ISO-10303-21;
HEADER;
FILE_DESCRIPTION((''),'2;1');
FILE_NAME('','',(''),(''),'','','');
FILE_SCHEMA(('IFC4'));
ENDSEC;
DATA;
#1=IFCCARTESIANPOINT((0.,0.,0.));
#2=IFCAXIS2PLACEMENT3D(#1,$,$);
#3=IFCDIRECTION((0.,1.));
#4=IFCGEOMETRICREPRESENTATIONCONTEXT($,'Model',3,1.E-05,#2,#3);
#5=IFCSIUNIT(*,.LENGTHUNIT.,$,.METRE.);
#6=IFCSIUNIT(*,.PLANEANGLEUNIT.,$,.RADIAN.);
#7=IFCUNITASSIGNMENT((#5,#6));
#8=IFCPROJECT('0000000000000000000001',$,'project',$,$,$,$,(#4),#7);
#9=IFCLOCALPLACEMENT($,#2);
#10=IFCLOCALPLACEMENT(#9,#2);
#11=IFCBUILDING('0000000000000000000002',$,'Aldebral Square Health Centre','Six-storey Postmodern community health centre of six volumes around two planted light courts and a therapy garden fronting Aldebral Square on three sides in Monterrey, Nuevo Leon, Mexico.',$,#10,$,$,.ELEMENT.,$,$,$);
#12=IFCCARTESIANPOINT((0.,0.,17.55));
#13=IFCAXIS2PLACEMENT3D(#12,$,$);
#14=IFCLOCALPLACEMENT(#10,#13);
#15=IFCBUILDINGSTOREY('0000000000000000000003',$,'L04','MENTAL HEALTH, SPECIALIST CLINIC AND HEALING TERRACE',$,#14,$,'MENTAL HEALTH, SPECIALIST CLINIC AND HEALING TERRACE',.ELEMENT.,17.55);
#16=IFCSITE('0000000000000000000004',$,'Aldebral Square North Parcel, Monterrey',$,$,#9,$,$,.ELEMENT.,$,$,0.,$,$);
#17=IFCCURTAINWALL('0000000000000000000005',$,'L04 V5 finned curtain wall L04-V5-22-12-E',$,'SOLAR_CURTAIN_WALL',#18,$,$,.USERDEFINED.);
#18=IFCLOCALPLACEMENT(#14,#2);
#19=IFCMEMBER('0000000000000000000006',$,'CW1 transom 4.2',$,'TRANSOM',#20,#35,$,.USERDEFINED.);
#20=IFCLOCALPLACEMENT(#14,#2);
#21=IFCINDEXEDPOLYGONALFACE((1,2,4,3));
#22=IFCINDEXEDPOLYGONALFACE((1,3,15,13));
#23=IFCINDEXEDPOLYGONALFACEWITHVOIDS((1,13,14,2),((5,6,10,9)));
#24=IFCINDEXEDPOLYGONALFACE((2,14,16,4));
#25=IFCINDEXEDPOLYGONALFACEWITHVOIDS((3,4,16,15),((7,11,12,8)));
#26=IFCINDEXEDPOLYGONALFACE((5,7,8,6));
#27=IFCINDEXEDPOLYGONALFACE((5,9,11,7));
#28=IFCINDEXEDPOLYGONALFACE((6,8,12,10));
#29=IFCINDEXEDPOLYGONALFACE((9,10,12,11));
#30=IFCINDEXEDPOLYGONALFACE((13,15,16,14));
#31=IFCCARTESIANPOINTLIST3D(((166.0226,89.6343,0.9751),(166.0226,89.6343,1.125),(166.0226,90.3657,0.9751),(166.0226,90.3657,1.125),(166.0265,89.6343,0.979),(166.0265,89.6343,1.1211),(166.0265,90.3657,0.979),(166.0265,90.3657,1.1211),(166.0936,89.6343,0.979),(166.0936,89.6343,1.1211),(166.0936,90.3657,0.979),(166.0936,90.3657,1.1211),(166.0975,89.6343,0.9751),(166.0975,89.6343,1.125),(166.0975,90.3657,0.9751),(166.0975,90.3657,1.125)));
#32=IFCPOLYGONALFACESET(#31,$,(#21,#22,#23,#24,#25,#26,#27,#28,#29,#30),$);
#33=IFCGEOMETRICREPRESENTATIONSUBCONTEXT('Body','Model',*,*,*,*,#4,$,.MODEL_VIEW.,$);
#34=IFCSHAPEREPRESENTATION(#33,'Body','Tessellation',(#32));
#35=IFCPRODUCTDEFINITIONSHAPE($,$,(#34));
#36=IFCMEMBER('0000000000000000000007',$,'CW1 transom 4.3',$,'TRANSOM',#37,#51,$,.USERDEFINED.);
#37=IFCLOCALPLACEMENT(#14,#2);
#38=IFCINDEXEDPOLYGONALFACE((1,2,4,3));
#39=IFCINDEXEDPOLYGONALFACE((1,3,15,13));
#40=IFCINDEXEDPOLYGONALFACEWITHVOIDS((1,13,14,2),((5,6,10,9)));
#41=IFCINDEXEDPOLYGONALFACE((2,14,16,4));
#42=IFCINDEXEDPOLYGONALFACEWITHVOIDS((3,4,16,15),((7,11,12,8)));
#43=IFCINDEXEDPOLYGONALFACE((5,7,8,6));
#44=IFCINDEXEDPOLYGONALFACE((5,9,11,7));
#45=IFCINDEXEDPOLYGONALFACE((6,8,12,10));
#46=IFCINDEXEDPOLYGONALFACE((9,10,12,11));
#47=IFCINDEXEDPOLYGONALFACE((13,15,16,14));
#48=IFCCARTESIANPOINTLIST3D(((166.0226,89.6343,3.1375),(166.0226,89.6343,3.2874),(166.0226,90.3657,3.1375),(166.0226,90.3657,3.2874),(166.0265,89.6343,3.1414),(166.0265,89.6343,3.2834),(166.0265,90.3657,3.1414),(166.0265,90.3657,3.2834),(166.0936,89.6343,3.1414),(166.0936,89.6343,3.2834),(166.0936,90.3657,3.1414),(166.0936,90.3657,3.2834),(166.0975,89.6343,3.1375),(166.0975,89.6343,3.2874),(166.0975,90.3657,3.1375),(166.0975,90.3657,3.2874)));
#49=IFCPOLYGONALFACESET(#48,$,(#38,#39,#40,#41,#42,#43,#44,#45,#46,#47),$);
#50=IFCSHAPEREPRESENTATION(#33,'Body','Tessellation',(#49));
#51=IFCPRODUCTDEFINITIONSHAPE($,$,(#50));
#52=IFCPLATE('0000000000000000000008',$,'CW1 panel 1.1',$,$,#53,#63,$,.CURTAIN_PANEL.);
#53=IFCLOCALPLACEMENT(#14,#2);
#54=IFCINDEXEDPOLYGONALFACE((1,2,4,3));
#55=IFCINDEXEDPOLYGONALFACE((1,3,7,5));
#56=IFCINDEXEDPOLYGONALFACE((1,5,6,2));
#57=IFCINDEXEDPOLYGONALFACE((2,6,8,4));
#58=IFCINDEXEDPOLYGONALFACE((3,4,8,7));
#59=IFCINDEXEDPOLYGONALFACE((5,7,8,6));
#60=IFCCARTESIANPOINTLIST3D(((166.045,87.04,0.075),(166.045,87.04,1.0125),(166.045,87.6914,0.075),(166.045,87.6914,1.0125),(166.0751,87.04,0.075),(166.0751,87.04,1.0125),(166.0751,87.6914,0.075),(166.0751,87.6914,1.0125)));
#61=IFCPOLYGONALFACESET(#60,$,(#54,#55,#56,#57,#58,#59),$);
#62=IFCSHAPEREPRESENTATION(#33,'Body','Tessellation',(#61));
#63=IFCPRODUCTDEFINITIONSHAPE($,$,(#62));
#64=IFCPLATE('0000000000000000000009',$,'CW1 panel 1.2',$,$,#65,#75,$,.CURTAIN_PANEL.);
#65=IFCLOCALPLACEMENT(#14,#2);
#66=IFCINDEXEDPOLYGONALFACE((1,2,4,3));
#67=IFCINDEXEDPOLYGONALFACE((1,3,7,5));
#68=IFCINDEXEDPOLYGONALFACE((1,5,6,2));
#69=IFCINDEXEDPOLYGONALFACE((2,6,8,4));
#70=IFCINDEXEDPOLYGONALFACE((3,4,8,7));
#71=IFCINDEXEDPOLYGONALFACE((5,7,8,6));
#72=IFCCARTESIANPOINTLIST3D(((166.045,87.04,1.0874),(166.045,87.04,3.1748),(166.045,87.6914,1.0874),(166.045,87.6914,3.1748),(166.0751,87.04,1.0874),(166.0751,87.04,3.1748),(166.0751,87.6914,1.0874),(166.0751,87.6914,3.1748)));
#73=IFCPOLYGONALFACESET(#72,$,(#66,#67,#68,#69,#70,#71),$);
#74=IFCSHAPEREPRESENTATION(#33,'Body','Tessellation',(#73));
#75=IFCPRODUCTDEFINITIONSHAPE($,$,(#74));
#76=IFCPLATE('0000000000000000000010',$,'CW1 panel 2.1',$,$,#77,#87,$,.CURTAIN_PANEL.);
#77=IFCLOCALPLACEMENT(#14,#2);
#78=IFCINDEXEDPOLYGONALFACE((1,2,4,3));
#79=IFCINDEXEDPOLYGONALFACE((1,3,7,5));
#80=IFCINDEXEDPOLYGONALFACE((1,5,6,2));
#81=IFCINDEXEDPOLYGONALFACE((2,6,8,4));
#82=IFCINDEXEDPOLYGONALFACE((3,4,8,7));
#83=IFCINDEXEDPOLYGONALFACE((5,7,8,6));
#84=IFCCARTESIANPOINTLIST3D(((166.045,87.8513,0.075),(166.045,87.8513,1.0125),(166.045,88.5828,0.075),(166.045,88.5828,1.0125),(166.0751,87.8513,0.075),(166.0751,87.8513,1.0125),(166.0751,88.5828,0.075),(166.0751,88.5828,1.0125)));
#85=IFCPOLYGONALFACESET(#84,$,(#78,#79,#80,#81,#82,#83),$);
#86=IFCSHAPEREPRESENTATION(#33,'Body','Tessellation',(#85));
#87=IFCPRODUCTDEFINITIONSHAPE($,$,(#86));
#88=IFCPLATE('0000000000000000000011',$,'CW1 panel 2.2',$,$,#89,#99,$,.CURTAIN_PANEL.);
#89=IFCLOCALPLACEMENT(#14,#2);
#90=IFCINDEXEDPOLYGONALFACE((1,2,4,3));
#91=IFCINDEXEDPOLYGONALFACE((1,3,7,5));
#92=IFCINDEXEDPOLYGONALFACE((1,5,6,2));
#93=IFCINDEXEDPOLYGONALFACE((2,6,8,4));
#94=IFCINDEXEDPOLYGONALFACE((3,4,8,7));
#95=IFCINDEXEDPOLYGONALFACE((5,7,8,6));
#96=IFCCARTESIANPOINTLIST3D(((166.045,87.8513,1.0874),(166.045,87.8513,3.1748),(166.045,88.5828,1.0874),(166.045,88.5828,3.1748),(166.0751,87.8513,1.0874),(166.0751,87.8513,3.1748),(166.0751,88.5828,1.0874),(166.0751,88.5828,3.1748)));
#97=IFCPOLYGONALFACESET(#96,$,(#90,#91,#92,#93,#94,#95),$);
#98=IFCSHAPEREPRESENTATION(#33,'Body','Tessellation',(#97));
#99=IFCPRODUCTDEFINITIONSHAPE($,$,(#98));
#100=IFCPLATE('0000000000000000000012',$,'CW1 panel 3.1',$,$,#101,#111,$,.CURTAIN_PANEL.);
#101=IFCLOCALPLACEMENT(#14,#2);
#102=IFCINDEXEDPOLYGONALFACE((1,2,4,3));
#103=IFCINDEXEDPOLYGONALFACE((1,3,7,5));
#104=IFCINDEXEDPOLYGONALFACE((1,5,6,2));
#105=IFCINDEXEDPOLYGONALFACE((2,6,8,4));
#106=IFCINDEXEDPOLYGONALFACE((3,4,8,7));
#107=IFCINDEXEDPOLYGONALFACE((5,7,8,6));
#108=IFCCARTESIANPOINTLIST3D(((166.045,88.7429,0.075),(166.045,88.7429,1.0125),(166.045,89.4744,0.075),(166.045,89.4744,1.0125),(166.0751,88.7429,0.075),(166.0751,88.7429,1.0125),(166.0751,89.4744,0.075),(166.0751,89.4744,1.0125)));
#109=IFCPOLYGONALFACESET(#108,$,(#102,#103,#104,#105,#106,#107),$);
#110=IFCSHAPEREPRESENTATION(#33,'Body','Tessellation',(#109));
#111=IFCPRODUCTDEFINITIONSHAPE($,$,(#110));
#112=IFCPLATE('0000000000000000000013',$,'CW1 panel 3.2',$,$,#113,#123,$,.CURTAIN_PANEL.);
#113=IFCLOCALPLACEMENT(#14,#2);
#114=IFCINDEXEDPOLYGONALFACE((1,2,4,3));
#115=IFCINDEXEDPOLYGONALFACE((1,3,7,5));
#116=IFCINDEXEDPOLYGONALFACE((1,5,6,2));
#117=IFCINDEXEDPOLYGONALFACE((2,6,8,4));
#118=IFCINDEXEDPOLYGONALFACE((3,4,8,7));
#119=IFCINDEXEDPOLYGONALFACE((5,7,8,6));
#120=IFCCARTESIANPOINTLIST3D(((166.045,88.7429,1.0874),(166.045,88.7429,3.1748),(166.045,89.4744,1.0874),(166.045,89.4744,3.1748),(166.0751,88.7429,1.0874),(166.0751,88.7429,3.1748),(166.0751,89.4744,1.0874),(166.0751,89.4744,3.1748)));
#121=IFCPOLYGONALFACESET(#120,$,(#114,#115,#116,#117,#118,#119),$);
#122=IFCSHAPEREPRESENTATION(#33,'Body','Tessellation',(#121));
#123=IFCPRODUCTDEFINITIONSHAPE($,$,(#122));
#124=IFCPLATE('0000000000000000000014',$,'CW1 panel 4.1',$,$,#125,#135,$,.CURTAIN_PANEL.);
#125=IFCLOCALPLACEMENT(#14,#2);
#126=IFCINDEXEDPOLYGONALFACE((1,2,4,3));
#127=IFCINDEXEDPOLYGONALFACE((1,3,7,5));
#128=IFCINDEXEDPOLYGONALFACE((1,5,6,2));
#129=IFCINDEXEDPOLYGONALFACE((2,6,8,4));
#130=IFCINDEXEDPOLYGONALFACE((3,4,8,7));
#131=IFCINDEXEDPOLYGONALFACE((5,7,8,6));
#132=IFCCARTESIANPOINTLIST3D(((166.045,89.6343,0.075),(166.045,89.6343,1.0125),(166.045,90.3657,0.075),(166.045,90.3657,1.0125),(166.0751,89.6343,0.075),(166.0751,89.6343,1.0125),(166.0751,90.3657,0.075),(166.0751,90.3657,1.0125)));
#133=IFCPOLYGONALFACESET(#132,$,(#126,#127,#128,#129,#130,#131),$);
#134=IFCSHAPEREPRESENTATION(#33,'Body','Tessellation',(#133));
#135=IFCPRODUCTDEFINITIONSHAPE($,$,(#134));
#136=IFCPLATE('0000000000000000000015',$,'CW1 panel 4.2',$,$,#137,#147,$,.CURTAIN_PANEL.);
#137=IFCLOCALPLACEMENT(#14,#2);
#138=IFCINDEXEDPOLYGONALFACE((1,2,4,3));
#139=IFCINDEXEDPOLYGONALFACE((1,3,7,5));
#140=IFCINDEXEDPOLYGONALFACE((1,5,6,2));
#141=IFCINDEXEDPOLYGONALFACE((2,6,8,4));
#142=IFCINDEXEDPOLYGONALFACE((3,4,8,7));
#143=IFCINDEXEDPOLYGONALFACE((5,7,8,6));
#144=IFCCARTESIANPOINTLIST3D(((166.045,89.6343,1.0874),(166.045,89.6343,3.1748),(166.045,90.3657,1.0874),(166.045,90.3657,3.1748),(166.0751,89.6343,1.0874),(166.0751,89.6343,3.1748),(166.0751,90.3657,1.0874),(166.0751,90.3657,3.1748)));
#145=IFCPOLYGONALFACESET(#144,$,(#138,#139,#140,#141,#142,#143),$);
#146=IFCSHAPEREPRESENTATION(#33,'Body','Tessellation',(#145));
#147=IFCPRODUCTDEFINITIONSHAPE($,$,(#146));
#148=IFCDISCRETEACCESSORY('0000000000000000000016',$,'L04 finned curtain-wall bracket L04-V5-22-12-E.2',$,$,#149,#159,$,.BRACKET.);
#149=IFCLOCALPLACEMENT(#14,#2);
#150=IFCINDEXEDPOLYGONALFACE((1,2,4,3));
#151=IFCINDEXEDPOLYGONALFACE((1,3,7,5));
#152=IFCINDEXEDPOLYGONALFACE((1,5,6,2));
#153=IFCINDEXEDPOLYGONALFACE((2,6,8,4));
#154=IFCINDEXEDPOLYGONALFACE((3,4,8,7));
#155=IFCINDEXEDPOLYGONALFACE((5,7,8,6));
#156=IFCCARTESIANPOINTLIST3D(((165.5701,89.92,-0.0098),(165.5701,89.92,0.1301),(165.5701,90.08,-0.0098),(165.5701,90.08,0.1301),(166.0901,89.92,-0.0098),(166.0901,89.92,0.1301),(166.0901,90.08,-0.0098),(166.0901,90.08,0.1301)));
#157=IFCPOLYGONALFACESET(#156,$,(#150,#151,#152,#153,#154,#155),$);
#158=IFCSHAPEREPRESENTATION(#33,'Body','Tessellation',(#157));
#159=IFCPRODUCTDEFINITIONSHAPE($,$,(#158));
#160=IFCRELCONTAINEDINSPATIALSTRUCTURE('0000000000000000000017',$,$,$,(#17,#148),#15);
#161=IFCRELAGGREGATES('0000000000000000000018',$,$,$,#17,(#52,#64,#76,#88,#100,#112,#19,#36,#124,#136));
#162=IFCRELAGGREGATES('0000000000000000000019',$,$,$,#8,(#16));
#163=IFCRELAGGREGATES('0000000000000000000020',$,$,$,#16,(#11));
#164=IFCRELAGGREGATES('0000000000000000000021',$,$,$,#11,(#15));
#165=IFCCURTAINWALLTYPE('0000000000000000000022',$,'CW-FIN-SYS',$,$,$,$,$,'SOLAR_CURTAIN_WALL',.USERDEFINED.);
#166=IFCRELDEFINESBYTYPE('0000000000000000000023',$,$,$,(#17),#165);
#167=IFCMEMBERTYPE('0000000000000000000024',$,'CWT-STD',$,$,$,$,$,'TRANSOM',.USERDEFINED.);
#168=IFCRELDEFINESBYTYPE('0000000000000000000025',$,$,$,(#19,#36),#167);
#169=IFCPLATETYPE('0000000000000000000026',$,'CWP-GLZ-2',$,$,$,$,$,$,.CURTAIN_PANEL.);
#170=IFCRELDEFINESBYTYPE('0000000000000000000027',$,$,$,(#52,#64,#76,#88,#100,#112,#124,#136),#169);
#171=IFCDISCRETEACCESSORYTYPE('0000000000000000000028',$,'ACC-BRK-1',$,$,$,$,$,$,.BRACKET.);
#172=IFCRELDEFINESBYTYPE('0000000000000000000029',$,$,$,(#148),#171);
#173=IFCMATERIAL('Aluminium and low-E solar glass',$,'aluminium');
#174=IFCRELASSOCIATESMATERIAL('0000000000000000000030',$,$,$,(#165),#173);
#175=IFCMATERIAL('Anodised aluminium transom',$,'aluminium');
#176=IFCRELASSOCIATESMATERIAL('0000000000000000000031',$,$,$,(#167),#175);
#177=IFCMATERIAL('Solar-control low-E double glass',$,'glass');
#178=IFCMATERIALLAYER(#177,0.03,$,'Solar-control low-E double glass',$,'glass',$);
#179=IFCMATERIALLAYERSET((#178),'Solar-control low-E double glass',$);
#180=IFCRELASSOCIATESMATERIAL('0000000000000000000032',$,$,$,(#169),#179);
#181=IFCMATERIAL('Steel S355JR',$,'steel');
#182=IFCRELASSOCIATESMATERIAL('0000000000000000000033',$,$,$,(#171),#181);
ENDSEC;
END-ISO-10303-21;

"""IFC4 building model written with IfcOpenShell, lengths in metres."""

from ifc_helpers import new_model, si_unit, direction, frame, origin, origin_2d, place, context, subcontext, project, spatial, rectangle, hollow_rectangle, extrude, material, layer, layer_set, material_profile, profile_set, type_object, element, aggregate, save


model = new_model("IFC4")

# Units and contexts
model_context = context("Model", 3, precision=1e-05, world=origin(), true_north=direction((0.0, 1.0)))
body_context = subcontext(model_context, "Body", "Model", "MODEL_VIEW")
ifc_project = project(units=[si_unit("LENGTHUNIT", "METRE"), si_unit("PLANEANGLEUNIT", "RADIAN")], contexts=[model_context])

# Site, building, storey
site_placement = place(None, origin())
site = spatial("IfcSite", under=ifc_project, at=site_placement, Name="Aldebral Square North Parcel, Monterrey", CompositionType="ELEMENT", RefElevation=0.0)
building_placement = place(site_placement, origin())
building = spatial("IfcBuilding", under=site, at=building_placement, Name="Aldebral Square Health Centre", Description="Six-storey Postmodern community health centre of six volumes around two planted light courts and a therapy garden fronting Aldebral Square on three sides in Monterrey, Nuevo Leon, Mexico.", CompositionType="ELEMENT")
storey_placement = place(building_placement, frame((0.0, 0.0, 17.55)))
storey = spatial("IfcBuildingStorey", under=building, at=storey_placement, Name="L04", Description="MENTAL HEALTH, SPECIALIST CLINIC AND HEALING TERRACE", LongName="MENTAL HEALTH, SPECIALIST CLINIC AND HEALING TERRACE", CompositionType="ELEMENT", Elevation=17.55)

# Curtain wall, members, plates
ifc_material_1 = material(Name="Aluminium and low-E solar glass", Category="aluminium")
curtain_wall_type = type_object("IfcCurtainWallType", Name="CW-FIN-SYS", ElementType="SOLAR_CURTAIN_WALL", PredefinedType="USERDEFINED", material=ifc_material_1)
curtain_wall_placement = place(storey_placement, origin())
curtain_wall = element("IfcCurtainWall", 1, at=curtain_wall_placement, inside=storey, type_object=curtain_wall_type, Name="L04 V5 finned curtain wall L04-V5-22-12-E", ObjectType="SOLAR_CURTAIN_WALL", PredefinedType="USERDEFINED")
ifc_material_2 = material(Name="Anodised aluminium transom", Category="aluminium")
ifc_material_profile_1 = material_profile(ifc_material_2, hollow_rectangle(XDim=0.075, YDim=0.1499, WallThickness=0.0039, at=origin_2d()), Name="CWT 75x150x4")
ifc_profile_set_1 = profile_set([ifc_material_profile_1], Name="Anodised aluminium transom")
member_type_1 = type_object("IfcMemberType", Name="CWT-STD", ElementType="TRANSOM", PredefinedType="USERDEFINED", material=ifc_profile_set_1)
member_1_placement = place(storey_placement, frame((166.0601, 89.6343, 1.05), z_axis=(0.0, 1.0, 0.0), x_axis=(-1.0, 0.0, 0.0)))
member_1 = element("IfcMember", 2, at=member_1_placement, type_object=member_type_1, Name="CW1 transom 4.2", ObjectType="TRANSOM", PredefinedType="USERDEFINED", context=body_context, shape_type="SweptSolid", body=[
    extrude(hollow_rectangle(XDim=0.075, YDim=0.1499, WallThickness=0.0039, at=origin_2d()), origin(), (0.0, 0.0, 1.0), 0.7314),
])
member_2_placement = place(storey_placement, frame((166.0601, 89.6343, 3.2124), z_axis=(0.0, 1.0, 0.0), x_axis=(-1.0, 0.0, 0.0)))
member_2 = element("IfcMember", 3, at=member_2_placement, type_object=member_type_1, Name="CW1 transom 4.3", ObjectType="TRANSOM", PredefinedType="USERDEFINED", context=body_context, shape_type="SweptSolid", body=[
    extrude(hollow_rectangle(XDim=0.075, YDim=0.1499, WallThickness=0.0039, at=origin_2d()), origin(), (0.0, 0.0, 1.0), 0.7314),
])
ifc_material_3 = material(Name="Solar-control low-E double glass", Category="glass")
ifc_layer = layer(ifc_material_3, 0.03, Name="Solar-control low-E double glass", Category="glass")
ifc_layer_set = layer_set([ifc_layer], Name="Solar-control low-E double glass")
plate_type = type_object("IfcPlateType", Name="CWP-GLZ-2", PredefinedType="CURTAIN_PANEL", material=ifc_layer_set)
plate_1_placement = place(storey_placement, frame((166.0601, 87.3657, 0.075), z_axis=(0.0, 0.0, 1.0), x_axis=(0.0, 1.0, 0.0)))
plate_1 = element("IfcPlate", 4, at=plate_1_placement, type_object=plate_type, Name="CW1 panel 1.1", PredefinedType="CURTAIN_PANEL", context=body_context, shape_type="SweptSolid", body=[
    extrude(rectangle(XDim=0.6514, YDim=0.03, at=origin_2d()), origin(), (0.0, 0.0, 1.0), 0.9375),
])
plate_2_placement = place(storey_placement, frame((166.0601, 87.3657, 1.0874), z_axis=(0.0, 0.0, 1.0), x_axis=(0.0, 1.0, 0.0)))
plate_2 = element("IfcPlate", 5, at=plate_2_placement, type_object=plate_type, Name="CW1 panel 1.2", PredefinedType="CURTAIN_PANEL", context=body_context, shape_type="SweptSolid", body=[
    extrude(rectangle(XDim=0.6514, YDim=0.03, at=origin_2d()), origin(), (0.0, 0.0, 1.0), 2.0874),
])
plate_3_placement = place(storey_placement, frame((166.0601, 88.217, 0.075), z_axis=(0.0, 0.0, 1.0), x_axis=(0.0, 1.0, 0.0)))
plate_3 = element("IfcPlate", 6, at=plate_3_placement, type_object=plate_type, Name="CW1 panel 2.1", PredefinedType="CURTAIN_PANEL", context=body_context, shape_type="SweptSolid", body=[
    extrude(rectangle(XDim=0.7314, YDim=0.03, at=origin_2d()), origin(), (0.0, 0.0, 1.0), 0.9375),
])
plate_4_placement = place(storey_placement, frame((166.0601, 88.217, 1.0874), z_axis=(0.0, 0.0, 1.0), x_axis=(0.0, 1.0, 0.0)))
plate_4 = element("IfcPlate", 7, at=plate_4_placement, type_object=plate_type, Name="CW1 panel 2.2", PredefinedType="CURTAIN_PANEL", context=body_context, shape_type="SweptSolid", body=[
    extrude(rectangle(XDim=0.7314, YDim=0.03, at=origin_2d()), origin(), (0.0, 0.0, 1.0), 2.0874),
])
plate_5_placement = place(storey_placement, frame((166.0601, 89.1086, 0.075), z_axis=(0.0, 0.0, 1.0), x_axis=(0.0, 1.0, 0.0)))
plate_5 = element("IfcPlate", 8, at=plate_5_placement, type_object=plate_type, Name="CW1 panel 3.1", PredefinedType="CURTAIN_PANEL", context=body_context, shape_type="SweptSolid", body=[
    extrude(rectangle(XDim=0.7314, YDim=0.03, at=origin_2d()), origin(), (0.0, 0.0, 1.0), 0.9375),
])
plate_6_placement = place(storey_placement, frame((166.0601, 89.1086, 1.0874), z_axis=(0.0, 0.0, 1.0), x_axis=(0.0, 1.0, 0.0)))
plate_6 = element("IfcPlate", 9, at=plate_6_placement, type_object=plate_type, Name="CW1 panel 3.2", PredefinedType="CURTAIN_PANEL", context=body_context, shape_type="SweptSolid", body=[
    extrude(rectangle(XDim=0.7314, YDim=0.03, at=origin_2d()), origin(), (0.0, 0.0, 1.0), 2.0874),
])
plate_7_placement = place(storey_placement, frame((166.0601, 90.0, 0.075), z_axis=(0.0, 0.0, 1.0), x_axis=(0.0, 1.0, 0.0)))
plate_7 = element("IfcPlate", 10, at=plate_7_placement, type_object=plate_type, Name="CW1 panel 4.1", PredefinedType="CURTAIN_PANEL", context=body_context, shape_type="SweptSolid", body=[
    extrude(rectangle(XDim=0.7314, YDim=0.03, at=origin_2d()), origin(), (0.0, 0.0, 1.0), 0.9375),
])
plate_8_placement = place(storey_placement, frame((166.0601, 90.0, 1.0874), z_axis=(0.0, 0.0, 1.0), x_axis=(0.0, 1.0, 0.0)))
plate_8 = element("IfcPlate", 11, at=plate_8_placement, type_object=plate_type, Name="CW1 panel 4.2", PredefinedType="CURTAIN_PANEL", context=body_context, shape_type="SweptSolid", body=[
    extrude(rectangle(XDim=0.7314, YDim=0.03, at=origin_2d()), origin(), (0.0, 0.0, 1.0), 2.0874),
])
aggregate(curtain_wall, [plate_1, plate_2, plate_3, plate_4, plate_5, plate_6, member_1, member_2, plate_7, plate_8])

# Discrete accessory
ifc_material_4 = material(Name="Steel S355JR", Category="steel")
discrete_accessory_type = type_object("IfcDiscreteAccessoryType", Name="ACC-BRK-1", PredefinedType="BRACKET", material=ifc_material_4)
discrete_accessory_placement = place(storey_placement, frame((165.8301, 90.0, -0.0098), z_axis=(0.0, 0.0, 1.0), x_axis=(0.0, 1.0, 0.0)))
element("IfcDiscreteAccessory", 12, at=discrete_accessory_placement, inside=storey, type_object=discrete_accessory_type, Name="L04 finned curtain-wall bracket L04-V5-22-12-E.2", PredefinedType="BRACKET", context=body_context, shape_type="SweptSolid", body=[
    extrude(rectangle(XDim=0.1599, YDim=0.52, at=origin_2d()), origin(), (0.0, 0.0, 1.0), 0.1399),
])

save(model, "model.ifc")
